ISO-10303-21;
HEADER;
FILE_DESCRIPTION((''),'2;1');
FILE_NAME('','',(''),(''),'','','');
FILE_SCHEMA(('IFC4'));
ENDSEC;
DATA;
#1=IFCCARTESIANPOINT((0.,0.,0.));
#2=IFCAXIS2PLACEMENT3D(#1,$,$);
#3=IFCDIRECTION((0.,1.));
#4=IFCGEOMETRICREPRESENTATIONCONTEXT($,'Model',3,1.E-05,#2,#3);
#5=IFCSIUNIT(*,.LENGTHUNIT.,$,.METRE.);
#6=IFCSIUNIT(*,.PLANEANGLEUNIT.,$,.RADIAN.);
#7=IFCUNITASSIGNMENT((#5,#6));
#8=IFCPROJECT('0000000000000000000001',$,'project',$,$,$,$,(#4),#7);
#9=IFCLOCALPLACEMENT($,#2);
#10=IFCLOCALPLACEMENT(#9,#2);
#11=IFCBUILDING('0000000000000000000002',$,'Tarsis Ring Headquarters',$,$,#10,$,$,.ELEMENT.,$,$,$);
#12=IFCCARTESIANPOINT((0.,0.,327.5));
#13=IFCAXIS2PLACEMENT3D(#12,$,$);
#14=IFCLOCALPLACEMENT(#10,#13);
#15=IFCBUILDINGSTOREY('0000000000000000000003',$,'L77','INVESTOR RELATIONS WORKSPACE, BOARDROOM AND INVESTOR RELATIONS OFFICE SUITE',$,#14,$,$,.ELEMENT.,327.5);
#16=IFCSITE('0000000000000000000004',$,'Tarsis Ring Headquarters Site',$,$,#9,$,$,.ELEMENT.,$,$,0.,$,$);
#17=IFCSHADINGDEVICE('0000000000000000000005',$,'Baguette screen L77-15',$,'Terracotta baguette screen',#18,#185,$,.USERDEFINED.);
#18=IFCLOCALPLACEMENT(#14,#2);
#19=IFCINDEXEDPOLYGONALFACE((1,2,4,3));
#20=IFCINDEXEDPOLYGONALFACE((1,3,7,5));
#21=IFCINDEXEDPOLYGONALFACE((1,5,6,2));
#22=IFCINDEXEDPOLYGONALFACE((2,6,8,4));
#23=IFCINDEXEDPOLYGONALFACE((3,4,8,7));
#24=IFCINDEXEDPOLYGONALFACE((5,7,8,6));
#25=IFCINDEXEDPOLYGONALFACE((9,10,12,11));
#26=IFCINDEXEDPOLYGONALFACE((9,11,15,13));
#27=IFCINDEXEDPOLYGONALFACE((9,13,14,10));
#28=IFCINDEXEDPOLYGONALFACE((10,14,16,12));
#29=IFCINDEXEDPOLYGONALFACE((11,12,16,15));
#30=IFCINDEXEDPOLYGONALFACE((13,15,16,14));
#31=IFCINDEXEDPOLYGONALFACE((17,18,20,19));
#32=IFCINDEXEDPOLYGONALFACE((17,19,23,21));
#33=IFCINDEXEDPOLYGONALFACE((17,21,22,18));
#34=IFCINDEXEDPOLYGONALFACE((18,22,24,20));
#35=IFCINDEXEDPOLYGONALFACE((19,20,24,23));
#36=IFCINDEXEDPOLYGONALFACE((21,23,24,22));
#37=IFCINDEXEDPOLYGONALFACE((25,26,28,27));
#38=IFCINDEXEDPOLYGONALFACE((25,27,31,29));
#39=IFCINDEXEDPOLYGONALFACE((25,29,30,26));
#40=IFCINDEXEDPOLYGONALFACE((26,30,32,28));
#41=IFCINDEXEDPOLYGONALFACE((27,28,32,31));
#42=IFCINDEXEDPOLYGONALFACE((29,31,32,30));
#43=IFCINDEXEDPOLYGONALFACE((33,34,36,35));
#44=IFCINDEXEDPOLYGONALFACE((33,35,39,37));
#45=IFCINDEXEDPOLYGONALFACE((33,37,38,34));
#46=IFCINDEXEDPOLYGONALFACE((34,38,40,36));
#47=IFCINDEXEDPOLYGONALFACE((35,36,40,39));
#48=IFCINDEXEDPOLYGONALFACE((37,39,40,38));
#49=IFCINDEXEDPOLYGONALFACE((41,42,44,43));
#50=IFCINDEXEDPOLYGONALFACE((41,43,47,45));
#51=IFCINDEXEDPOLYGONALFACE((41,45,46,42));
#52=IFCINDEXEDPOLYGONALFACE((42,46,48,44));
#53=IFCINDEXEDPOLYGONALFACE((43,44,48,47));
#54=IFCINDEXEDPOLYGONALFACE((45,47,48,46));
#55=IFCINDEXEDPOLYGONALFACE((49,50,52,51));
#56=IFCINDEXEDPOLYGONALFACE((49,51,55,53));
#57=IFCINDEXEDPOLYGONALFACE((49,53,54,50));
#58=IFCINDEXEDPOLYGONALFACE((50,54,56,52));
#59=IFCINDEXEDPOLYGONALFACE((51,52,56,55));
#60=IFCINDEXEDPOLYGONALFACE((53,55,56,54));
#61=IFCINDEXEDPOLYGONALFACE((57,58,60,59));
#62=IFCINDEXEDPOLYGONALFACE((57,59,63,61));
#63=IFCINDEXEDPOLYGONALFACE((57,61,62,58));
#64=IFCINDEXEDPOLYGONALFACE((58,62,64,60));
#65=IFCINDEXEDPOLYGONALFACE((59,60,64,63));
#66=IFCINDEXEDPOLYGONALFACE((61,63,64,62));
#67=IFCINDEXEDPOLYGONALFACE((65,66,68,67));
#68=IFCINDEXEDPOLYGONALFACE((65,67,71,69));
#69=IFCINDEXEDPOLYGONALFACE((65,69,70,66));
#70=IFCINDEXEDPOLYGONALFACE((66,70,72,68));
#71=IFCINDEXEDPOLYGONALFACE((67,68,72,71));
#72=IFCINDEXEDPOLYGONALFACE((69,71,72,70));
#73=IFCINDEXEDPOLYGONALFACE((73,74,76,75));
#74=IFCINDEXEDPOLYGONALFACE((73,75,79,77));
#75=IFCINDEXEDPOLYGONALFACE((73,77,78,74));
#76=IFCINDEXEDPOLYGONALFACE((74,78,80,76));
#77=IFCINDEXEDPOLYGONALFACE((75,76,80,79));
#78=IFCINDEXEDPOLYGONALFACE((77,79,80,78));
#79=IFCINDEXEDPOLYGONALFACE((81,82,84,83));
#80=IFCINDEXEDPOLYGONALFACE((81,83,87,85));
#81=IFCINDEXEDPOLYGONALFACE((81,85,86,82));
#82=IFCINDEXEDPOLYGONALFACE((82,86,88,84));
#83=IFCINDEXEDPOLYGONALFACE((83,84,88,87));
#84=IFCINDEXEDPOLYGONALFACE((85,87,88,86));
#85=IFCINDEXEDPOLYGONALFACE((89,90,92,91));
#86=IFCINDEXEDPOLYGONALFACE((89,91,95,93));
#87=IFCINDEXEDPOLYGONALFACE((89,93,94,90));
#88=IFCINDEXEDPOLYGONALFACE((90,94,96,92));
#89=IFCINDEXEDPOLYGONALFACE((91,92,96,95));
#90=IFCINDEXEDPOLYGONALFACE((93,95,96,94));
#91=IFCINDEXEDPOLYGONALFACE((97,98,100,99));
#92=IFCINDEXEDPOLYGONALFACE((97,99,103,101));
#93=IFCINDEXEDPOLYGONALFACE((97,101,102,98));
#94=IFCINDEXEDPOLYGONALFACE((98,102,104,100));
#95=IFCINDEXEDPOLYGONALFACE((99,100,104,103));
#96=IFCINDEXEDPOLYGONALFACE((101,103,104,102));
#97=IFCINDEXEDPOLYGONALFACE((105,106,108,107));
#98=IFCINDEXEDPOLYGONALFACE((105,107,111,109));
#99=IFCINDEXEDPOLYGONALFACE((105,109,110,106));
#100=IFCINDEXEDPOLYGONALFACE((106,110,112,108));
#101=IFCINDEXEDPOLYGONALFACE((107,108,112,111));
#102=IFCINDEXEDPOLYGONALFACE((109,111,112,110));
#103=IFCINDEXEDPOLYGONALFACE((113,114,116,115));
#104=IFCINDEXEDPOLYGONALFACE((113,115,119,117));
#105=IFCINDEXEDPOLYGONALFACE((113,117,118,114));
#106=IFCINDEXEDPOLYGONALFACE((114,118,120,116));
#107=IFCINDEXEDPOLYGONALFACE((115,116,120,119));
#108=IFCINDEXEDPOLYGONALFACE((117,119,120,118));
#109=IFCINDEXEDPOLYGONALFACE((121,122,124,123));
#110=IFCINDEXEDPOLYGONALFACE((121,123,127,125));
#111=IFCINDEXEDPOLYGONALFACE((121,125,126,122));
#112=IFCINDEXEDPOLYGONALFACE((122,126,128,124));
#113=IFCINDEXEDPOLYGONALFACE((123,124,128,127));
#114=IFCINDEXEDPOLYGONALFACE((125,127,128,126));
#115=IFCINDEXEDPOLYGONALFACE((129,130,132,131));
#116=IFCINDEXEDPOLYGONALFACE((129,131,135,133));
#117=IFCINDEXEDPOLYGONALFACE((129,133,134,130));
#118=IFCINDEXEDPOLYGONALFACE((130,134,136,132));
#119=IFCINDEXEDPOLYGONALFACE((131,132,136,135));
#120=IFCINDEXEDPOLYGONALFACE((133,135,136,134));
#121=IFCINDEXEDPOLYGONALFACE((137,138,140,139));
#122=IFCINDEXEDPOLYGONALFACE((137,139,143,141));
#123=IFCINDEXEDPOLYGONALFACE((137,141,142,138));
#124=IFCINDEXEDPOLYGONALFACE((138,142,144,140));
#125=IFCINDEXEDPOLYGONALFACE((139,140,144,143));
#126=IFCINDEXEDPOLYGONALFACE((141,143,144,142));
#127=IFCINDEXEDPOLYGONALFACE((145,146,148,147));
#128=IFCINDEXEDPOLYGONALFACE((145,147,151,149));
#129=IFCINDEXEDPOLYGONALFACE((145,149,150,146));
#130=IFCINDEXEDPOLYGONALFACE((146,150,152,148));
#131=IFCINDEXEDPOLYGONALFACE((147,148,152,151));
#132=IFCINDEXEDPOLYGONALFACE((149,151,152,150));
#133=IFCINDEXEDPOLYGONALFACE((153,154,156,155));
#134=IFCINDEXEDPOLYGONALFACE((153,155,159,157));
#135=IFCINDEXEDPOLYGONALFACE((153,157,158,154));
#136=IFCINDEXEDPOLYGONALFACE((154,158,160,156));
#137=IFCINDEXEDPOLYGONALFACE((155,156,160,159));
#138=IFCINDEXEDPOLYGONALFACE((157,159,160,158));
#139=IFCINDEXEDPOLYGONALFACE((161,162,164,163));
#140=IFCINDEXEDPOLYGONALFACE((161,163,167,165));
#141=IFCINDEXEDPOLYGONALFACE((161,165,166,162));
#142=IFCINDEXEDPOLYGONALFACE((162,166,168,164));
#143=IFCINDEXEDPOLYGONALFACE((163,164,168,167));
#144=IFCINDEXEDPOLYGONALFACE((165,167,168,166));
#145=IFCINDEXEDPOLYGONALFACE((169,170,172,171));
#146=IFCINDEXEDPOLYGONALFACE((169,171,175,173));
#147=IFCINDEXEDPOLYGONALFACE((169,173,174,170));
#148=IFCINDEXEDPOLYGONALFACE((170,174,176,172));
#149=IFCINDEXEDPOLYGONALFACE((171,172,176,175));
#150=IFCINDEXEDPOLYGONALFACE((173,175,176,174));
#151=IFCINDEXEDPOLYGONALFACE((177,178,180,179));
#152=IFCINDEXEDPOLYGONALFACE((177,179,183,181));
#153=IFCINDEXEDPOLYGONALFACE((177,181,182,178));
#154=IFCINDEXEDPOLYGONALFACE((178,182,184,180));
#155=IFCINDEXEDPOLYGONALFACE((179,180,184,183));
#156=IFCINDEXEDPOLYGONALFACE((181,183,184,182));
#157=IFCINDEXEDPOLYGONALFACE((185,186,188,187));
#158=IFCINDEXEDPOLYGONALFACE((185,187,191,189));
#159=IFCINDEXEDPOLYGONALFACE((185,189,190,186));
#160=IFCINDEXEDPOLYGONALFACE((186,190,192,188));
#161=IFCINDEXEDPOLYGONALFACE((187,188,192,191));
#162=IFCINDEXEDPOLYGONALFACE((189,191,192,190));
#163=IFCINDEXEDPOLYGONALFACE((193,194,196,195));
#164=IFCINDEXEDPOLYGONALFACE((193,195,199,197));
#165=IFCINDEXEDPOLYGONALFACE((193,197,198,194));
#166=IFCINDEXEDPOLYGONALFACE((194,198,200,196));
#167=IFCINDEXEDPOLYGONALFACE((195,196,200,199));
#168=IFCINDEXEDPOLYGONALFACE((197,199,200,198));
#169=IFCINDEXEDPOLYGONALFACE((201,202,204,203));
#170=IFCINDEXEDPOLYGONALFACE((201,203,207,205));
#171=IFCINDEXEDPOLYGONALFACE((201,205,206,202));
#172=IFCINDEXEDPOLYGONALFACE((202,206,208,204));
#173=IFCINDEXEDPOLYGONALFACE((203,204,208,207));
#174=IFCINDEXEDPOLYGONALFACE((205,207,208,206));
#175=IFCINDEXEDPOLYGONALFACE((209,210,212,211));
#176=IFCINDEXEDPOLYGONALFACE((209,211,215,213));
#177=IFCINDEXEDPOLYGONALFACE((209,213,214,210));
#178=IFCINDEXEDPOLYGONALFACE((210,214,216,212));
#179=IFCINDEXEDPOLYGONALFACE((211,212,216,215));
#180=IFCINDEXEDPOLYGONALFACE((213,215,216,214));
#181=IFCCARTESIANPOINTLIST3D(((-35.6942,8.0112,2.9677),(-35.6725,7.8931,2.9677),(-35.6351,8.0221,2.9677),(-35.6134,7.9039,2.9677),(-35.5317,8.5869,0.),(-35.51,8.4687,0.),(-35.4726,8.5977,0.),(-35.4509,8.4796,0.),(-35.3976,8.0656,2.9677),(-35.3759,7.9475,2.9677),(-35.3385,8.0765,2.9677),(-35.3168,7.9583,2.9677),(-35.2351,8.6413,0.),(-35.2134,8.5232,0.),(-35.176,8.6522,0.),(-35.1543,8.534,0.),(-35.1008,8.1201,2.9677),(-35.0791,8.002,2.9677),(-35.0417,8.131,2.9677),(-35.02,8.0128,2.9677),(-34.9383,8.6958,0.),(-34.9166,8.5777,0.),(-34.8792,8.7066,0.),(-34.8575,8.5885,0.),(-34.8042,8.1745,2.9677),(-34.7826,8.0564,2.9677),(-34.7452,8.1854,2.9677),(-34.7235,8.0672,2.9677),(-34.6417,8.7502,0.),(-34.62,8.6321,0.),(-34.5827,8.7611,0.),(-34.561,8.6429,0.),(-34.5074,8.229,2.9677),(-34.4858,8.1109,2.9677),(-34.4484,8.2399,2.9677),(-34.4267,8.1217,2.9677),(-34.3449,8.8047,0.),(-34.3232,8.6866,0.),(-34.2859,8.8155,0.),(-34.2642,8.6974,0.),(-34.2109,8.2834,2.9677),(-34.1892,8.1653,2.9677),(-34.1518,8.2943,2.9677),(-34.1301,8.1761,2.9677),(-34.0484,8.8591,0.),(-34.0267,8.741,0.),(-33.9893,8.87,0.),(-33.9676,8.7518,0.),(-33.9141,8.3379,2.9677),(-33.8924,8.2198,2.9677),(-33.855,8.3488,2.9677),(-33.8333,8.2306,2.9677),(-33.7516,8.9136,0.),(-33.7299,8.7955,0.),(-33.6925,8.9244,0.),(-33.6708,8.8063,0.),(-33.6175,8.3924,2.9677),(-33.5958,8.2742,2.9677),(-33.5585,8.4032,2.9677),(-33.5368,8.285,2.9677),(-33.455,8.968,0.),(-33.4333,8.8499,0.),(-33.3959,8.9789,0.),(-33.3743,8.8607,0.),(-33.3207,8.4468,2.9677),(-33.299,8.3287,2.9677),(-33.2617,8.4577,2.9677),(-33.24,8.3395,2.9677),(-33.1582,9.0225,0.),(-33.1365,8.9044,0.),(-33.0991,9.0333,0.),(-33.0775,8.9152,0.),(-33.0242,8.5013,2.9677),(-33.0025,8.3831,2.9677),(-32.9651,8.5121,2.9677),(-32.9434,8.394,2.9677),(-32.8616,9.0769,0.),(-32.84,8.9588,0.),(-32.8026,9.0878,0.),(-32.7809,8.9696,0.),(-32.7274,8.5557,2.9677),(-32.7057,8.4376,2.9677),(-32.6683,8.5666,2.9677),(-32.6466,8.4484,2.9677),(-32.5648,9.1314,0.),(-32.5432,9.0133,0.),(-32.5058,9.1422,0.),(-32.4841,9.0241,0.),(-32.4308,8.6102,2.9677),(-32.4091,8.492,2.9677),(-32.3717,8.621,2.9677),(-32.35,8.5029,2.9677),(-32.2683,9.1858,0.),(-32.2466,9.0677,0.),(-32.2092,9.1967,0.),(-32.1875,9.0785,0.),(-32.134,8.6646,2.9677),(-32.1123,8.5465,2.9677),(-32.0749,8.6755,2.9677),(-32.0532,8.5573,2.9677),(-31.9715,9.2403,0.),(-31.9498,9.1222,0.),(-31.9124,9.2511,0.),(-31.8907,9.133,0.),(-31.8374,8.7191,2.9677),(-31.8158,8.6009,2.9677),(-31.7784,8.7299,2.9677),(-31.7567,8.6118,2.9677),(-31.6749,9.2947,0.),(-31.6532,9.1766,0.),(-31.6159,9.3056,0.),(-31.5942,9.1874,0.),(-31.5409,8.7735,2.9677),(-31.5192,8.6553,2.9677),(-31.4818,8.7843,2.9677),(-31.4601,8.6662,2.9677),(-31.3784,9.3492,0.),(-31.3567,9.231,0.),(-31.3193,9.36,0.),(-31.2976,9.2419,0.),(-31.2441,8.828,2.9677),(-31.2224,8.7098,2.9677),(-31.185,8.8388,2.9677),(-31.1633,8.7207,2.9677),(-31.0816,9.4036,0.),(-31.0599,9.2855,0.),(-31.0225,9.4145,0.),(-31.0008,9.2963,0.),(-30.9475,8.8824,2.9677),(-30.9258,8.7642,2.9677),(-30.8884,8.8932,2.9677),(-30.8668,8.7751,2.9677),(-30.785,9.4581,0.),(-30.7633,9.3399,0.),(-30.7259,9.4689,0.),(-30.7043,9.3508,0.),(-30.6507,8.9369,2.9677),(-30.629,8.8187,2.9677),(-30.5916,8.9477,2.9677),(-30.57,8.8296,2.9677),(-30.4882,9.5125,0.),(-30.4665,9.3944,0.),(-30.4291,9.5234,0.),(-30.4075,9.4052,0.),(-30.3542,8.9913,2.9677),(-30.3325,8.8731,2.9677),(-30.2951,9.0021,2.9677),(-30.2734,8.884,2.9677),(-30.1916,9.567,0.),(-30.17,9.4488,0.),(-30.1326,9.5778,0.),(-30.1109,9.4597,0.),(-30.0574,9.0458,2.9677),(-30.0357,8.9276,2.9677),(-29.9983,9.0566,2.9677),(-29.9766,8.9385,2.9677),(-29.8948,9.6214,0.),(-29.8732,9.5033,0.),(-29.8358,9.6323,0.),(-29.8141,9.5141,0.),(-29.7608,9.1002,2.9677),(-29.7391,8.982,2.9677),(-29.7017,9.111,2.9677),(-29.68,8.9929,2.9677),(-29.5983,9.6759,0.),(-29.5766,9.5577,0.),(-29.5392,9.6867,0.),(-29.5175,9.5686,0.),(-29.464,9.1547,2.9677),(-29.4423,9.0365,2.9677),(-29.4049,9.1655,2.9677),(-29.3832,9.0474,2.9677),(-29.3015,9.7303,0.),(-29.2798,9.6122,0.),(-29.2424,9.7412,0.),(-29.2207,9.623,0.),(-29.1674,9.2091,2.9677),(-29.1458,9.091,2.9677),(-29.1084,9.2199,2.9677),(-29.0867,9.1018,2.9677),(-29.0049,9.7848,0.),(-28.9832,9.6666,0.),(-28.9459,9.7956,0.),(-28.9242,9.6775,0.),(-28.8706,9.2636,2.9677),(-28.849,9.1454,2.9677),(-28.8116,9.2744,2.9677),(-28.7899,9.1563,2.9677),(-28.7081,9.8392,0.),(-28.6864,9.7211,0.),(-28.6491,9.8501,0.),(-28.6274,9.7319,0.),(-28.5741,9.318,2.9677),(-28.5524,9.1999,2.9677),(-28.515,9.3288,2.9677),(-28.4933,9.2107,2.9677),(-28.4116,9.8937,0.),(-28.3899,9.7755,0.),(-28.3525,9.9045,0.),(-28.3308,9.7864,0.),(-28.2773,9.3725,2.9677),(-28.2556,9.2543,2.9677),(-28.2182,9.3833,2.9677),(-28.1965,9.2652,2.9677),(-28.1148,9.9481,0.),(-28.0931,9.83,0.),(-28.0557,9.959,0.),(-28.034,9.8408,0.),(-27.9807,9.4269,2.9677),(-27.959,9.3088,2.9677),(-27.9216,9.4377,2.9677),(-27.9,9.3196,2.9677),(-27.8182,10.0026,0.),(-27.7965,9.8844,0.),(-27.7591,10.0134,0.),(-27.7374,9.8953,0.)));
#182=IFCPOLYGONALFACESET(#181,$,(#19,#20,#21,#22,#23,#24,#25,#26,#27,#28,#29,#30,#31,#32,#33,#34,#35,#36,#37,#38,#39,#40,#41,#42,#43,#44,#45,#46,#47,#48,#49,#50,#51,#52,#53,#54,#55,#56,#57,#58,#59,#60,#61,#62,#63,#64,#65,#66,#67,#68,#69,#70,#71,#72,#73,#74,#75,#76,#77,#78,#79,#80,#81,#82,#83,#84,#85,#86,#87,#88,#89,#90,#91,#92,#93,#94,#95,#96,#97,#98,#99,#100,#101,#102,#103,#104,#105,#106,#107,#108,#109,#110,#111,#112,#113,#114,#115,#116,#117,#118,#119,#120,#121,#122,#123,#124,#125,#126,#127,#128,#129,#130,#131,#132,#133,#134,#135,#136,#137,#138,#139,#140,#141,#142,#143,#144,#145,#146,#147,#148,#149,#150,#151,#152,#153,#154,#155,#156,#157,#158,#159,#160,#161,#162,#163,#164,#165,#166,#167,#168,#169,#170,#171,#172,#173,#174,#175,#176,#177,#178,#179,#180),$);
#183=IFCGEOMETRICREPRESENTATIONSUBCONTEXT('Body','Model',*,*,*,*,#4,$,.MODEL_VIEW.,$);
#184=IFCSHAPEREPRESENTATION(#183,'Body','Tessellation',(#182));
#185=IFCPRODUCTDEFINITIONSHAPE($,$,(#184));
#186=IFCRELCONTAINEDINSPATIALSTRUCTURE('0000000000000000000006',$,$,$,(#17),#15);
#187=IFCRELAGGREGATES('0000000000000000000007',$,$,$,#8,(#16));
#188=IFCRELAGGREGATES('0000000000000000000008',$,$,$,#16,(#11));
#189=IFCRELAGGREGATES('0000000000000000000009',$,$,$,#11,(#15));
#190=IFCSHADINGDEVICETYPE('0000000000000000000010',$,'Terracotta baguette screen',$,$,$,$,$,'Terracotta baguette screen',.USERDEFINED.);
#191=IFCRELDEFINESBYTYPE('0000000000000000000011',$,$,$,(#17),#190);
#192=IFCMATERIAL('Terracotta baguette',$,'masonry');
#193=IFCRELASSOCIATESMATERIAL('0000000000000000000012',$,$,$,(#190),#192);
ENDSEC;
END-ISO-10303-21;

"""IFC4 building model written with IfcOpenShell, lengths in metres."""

from ifc_helpers import new_model, si_unit, direction, frame, frame_2d, origin, place, context, subcontext, project, spatial, rectangle, composite_profile, extrude, material, type_object, element, save


model = new_model("IFC4")

# Units and contexts
model_context = context("Model", 3, precision=1e-05, world=origin(), true_north=direction((0.0, 1.0)))
body_context = subcontext(model_context, "Body", "Model", "MODEL_VIEW")
ifc_project = project(units=[si_unit("LENGTHUNIT", "METRE"), si_unit("PLANEANGLEUNIT", "RADIAN")], contexts=[model_context])

# Site, building, storey
site_placement = place(None, origin())
site = spatial("IfcSite", under=ifc_project, at=site_placement, Name="Tarsis Ring Headquarters Site", CompositionType="ELEMENT", RefElevation=0.0)
building_placement = place(site_placement, origin())
building = spatial("IfcBuilding", under=site, at=building_placement, Name="Tarsis Ring Headquarters", CompositionType="ELEMENT")
storey_placement = place(building_placement, frame((0.0, 0.0, 327.5)))
storey = spatial("IfcBuildingStorey", under=building, at=storey_placement, Name="L77", Description="INVESTOR RELATIONS WORKSPACE, BOARDROOM AND INVESTOR RELATIONS OFFICE SUITE", CompositionType="ELEMENT", Elevation=327.5)

# Shading device
ifc_material_1 = material(Name="Terracotta baguette", Category="masonry")
shading_device_type_1 = type_object("IfcShadingDeviceType", Name="Terracotta baguette screen", ElementType="Terracotta baguette screen", PredefinedType="USERDEFINED", material=ifc_material_1)
shading_device_1_placement = place(storey_placement, frame((-27.7483, 9.9543, 0.0), z_axis=(0.0, 0.0, 1.0), x_axis=(-0.983564, -0.180518, 0.0)))
element("IfcShadingDevice", 1, at=shading_device_1_placement, inside=storey, type_object=shading_device_type_1, Name="Baguette screen L77-15", ObjectType="Terracotta baguette screen", PredefinedType="USERDEFINED", context=body_context, shape_type="SweptSolid", body=[
    extrude(composite_profile([rectangle(XDim=0.0601, YDim=0.1201, at=frame_2d((0.03, 0.0))), rectangle(XDim=0.0601, YDim=0.1201, at=frame_2d((0.3315, 0.0))), rectangle(XDim=0.0601, YDim=0.1201, at=frame_2d((0.6333, 0.0))), rectangle(XDim=0.0601, YDim=0.1201, at=frame_2d((0.9348, 0.0))), rectangle(XDim=0.0601, YDim=0.1201, at=frame_2d((1.2366, 0.0))), rectangle(XDim=0.0601, YDim=0.1201, at=frame_2d((1.5381, 0.0))), rectangle(XDim=0.0601, YDim=0.1201, at=frame_2d((1.8398, 0.0))), rectangle(XDim=0.0601, YDim=0.1201, at=frame_2d((2.1414, 0.0))), rectangle(XDim=0.0601, YDim=0.1201, at=frame_2d((2.4431, 0.0))), rectangle(XDim=0.0601, YDim=0.1201, at=frame_2d((2.7446, 0.0))), rectangle(XDim=0.0601, YDim=0.1201, at=frame_2d((3.0464, 0.0))), rectangle(XDim=0.0601, YDim=0.1201, at=frame_2d((3.3479, 0.0))), rectangle(XDim=0.0601, YDim=0.1201, at=frame_2d((3.6497, 0.0))), rectangle(XDim=0.0601, YDim=0.1201, at=frame_2d((3.9512, 0.0))), rectangle(XDim=0.0601, YDim=0.1201, at=frame_2d((4.2527, 0.0))), rectangle(XDim=0.0601, YDim=0.1201, at=frame_2d((4.5544, 0.0))), rectangle(XDim=0.0601, YDim=0.1201, at=frame_2d((4.856, 0.0))), rectangle(XDim=0.0601, YDim=0.1201, at=frame_2d((5.1577, 0.0))), rectangle(XDim=0.0601, YDim=0.1201, at=frame_2d((5.4592, 0.0))), rectangle(XDim=0.0601, YDim=0.1201, at=frame_2d((5.761, 0.0))), rectangle(XDim=0.0601, YDim=0.1201, at=frame_2d((6.0625, 0.0))), rectangle(XDim=0.0601, YDim=0.1201, at=frame_2d((6.3643, 0.0))), rectangle(XDim=0.0601, YDim=0.1201, at=frame_2d((6.6658, 0.0))), rectangle(XDim=0.0601, YDim=0.1201, at=frame_2d((6.9675, 0.0))), rectangle(XDim=0.0601, YDim=0.1201, at=frame_2d((7.269, 0.0))), rectangle(XDim=0.0601, YDim=0.1201, at=frame_2d((7.5708, 0.0))), rectangle(XDim=0.0601, YDim=0.1201, at=frame_2d((7.8723, 0.0)))]), origin(), (0.087127, 0.177344, 0.980285), 3.0273),
])

save(model, "model.ifc")
